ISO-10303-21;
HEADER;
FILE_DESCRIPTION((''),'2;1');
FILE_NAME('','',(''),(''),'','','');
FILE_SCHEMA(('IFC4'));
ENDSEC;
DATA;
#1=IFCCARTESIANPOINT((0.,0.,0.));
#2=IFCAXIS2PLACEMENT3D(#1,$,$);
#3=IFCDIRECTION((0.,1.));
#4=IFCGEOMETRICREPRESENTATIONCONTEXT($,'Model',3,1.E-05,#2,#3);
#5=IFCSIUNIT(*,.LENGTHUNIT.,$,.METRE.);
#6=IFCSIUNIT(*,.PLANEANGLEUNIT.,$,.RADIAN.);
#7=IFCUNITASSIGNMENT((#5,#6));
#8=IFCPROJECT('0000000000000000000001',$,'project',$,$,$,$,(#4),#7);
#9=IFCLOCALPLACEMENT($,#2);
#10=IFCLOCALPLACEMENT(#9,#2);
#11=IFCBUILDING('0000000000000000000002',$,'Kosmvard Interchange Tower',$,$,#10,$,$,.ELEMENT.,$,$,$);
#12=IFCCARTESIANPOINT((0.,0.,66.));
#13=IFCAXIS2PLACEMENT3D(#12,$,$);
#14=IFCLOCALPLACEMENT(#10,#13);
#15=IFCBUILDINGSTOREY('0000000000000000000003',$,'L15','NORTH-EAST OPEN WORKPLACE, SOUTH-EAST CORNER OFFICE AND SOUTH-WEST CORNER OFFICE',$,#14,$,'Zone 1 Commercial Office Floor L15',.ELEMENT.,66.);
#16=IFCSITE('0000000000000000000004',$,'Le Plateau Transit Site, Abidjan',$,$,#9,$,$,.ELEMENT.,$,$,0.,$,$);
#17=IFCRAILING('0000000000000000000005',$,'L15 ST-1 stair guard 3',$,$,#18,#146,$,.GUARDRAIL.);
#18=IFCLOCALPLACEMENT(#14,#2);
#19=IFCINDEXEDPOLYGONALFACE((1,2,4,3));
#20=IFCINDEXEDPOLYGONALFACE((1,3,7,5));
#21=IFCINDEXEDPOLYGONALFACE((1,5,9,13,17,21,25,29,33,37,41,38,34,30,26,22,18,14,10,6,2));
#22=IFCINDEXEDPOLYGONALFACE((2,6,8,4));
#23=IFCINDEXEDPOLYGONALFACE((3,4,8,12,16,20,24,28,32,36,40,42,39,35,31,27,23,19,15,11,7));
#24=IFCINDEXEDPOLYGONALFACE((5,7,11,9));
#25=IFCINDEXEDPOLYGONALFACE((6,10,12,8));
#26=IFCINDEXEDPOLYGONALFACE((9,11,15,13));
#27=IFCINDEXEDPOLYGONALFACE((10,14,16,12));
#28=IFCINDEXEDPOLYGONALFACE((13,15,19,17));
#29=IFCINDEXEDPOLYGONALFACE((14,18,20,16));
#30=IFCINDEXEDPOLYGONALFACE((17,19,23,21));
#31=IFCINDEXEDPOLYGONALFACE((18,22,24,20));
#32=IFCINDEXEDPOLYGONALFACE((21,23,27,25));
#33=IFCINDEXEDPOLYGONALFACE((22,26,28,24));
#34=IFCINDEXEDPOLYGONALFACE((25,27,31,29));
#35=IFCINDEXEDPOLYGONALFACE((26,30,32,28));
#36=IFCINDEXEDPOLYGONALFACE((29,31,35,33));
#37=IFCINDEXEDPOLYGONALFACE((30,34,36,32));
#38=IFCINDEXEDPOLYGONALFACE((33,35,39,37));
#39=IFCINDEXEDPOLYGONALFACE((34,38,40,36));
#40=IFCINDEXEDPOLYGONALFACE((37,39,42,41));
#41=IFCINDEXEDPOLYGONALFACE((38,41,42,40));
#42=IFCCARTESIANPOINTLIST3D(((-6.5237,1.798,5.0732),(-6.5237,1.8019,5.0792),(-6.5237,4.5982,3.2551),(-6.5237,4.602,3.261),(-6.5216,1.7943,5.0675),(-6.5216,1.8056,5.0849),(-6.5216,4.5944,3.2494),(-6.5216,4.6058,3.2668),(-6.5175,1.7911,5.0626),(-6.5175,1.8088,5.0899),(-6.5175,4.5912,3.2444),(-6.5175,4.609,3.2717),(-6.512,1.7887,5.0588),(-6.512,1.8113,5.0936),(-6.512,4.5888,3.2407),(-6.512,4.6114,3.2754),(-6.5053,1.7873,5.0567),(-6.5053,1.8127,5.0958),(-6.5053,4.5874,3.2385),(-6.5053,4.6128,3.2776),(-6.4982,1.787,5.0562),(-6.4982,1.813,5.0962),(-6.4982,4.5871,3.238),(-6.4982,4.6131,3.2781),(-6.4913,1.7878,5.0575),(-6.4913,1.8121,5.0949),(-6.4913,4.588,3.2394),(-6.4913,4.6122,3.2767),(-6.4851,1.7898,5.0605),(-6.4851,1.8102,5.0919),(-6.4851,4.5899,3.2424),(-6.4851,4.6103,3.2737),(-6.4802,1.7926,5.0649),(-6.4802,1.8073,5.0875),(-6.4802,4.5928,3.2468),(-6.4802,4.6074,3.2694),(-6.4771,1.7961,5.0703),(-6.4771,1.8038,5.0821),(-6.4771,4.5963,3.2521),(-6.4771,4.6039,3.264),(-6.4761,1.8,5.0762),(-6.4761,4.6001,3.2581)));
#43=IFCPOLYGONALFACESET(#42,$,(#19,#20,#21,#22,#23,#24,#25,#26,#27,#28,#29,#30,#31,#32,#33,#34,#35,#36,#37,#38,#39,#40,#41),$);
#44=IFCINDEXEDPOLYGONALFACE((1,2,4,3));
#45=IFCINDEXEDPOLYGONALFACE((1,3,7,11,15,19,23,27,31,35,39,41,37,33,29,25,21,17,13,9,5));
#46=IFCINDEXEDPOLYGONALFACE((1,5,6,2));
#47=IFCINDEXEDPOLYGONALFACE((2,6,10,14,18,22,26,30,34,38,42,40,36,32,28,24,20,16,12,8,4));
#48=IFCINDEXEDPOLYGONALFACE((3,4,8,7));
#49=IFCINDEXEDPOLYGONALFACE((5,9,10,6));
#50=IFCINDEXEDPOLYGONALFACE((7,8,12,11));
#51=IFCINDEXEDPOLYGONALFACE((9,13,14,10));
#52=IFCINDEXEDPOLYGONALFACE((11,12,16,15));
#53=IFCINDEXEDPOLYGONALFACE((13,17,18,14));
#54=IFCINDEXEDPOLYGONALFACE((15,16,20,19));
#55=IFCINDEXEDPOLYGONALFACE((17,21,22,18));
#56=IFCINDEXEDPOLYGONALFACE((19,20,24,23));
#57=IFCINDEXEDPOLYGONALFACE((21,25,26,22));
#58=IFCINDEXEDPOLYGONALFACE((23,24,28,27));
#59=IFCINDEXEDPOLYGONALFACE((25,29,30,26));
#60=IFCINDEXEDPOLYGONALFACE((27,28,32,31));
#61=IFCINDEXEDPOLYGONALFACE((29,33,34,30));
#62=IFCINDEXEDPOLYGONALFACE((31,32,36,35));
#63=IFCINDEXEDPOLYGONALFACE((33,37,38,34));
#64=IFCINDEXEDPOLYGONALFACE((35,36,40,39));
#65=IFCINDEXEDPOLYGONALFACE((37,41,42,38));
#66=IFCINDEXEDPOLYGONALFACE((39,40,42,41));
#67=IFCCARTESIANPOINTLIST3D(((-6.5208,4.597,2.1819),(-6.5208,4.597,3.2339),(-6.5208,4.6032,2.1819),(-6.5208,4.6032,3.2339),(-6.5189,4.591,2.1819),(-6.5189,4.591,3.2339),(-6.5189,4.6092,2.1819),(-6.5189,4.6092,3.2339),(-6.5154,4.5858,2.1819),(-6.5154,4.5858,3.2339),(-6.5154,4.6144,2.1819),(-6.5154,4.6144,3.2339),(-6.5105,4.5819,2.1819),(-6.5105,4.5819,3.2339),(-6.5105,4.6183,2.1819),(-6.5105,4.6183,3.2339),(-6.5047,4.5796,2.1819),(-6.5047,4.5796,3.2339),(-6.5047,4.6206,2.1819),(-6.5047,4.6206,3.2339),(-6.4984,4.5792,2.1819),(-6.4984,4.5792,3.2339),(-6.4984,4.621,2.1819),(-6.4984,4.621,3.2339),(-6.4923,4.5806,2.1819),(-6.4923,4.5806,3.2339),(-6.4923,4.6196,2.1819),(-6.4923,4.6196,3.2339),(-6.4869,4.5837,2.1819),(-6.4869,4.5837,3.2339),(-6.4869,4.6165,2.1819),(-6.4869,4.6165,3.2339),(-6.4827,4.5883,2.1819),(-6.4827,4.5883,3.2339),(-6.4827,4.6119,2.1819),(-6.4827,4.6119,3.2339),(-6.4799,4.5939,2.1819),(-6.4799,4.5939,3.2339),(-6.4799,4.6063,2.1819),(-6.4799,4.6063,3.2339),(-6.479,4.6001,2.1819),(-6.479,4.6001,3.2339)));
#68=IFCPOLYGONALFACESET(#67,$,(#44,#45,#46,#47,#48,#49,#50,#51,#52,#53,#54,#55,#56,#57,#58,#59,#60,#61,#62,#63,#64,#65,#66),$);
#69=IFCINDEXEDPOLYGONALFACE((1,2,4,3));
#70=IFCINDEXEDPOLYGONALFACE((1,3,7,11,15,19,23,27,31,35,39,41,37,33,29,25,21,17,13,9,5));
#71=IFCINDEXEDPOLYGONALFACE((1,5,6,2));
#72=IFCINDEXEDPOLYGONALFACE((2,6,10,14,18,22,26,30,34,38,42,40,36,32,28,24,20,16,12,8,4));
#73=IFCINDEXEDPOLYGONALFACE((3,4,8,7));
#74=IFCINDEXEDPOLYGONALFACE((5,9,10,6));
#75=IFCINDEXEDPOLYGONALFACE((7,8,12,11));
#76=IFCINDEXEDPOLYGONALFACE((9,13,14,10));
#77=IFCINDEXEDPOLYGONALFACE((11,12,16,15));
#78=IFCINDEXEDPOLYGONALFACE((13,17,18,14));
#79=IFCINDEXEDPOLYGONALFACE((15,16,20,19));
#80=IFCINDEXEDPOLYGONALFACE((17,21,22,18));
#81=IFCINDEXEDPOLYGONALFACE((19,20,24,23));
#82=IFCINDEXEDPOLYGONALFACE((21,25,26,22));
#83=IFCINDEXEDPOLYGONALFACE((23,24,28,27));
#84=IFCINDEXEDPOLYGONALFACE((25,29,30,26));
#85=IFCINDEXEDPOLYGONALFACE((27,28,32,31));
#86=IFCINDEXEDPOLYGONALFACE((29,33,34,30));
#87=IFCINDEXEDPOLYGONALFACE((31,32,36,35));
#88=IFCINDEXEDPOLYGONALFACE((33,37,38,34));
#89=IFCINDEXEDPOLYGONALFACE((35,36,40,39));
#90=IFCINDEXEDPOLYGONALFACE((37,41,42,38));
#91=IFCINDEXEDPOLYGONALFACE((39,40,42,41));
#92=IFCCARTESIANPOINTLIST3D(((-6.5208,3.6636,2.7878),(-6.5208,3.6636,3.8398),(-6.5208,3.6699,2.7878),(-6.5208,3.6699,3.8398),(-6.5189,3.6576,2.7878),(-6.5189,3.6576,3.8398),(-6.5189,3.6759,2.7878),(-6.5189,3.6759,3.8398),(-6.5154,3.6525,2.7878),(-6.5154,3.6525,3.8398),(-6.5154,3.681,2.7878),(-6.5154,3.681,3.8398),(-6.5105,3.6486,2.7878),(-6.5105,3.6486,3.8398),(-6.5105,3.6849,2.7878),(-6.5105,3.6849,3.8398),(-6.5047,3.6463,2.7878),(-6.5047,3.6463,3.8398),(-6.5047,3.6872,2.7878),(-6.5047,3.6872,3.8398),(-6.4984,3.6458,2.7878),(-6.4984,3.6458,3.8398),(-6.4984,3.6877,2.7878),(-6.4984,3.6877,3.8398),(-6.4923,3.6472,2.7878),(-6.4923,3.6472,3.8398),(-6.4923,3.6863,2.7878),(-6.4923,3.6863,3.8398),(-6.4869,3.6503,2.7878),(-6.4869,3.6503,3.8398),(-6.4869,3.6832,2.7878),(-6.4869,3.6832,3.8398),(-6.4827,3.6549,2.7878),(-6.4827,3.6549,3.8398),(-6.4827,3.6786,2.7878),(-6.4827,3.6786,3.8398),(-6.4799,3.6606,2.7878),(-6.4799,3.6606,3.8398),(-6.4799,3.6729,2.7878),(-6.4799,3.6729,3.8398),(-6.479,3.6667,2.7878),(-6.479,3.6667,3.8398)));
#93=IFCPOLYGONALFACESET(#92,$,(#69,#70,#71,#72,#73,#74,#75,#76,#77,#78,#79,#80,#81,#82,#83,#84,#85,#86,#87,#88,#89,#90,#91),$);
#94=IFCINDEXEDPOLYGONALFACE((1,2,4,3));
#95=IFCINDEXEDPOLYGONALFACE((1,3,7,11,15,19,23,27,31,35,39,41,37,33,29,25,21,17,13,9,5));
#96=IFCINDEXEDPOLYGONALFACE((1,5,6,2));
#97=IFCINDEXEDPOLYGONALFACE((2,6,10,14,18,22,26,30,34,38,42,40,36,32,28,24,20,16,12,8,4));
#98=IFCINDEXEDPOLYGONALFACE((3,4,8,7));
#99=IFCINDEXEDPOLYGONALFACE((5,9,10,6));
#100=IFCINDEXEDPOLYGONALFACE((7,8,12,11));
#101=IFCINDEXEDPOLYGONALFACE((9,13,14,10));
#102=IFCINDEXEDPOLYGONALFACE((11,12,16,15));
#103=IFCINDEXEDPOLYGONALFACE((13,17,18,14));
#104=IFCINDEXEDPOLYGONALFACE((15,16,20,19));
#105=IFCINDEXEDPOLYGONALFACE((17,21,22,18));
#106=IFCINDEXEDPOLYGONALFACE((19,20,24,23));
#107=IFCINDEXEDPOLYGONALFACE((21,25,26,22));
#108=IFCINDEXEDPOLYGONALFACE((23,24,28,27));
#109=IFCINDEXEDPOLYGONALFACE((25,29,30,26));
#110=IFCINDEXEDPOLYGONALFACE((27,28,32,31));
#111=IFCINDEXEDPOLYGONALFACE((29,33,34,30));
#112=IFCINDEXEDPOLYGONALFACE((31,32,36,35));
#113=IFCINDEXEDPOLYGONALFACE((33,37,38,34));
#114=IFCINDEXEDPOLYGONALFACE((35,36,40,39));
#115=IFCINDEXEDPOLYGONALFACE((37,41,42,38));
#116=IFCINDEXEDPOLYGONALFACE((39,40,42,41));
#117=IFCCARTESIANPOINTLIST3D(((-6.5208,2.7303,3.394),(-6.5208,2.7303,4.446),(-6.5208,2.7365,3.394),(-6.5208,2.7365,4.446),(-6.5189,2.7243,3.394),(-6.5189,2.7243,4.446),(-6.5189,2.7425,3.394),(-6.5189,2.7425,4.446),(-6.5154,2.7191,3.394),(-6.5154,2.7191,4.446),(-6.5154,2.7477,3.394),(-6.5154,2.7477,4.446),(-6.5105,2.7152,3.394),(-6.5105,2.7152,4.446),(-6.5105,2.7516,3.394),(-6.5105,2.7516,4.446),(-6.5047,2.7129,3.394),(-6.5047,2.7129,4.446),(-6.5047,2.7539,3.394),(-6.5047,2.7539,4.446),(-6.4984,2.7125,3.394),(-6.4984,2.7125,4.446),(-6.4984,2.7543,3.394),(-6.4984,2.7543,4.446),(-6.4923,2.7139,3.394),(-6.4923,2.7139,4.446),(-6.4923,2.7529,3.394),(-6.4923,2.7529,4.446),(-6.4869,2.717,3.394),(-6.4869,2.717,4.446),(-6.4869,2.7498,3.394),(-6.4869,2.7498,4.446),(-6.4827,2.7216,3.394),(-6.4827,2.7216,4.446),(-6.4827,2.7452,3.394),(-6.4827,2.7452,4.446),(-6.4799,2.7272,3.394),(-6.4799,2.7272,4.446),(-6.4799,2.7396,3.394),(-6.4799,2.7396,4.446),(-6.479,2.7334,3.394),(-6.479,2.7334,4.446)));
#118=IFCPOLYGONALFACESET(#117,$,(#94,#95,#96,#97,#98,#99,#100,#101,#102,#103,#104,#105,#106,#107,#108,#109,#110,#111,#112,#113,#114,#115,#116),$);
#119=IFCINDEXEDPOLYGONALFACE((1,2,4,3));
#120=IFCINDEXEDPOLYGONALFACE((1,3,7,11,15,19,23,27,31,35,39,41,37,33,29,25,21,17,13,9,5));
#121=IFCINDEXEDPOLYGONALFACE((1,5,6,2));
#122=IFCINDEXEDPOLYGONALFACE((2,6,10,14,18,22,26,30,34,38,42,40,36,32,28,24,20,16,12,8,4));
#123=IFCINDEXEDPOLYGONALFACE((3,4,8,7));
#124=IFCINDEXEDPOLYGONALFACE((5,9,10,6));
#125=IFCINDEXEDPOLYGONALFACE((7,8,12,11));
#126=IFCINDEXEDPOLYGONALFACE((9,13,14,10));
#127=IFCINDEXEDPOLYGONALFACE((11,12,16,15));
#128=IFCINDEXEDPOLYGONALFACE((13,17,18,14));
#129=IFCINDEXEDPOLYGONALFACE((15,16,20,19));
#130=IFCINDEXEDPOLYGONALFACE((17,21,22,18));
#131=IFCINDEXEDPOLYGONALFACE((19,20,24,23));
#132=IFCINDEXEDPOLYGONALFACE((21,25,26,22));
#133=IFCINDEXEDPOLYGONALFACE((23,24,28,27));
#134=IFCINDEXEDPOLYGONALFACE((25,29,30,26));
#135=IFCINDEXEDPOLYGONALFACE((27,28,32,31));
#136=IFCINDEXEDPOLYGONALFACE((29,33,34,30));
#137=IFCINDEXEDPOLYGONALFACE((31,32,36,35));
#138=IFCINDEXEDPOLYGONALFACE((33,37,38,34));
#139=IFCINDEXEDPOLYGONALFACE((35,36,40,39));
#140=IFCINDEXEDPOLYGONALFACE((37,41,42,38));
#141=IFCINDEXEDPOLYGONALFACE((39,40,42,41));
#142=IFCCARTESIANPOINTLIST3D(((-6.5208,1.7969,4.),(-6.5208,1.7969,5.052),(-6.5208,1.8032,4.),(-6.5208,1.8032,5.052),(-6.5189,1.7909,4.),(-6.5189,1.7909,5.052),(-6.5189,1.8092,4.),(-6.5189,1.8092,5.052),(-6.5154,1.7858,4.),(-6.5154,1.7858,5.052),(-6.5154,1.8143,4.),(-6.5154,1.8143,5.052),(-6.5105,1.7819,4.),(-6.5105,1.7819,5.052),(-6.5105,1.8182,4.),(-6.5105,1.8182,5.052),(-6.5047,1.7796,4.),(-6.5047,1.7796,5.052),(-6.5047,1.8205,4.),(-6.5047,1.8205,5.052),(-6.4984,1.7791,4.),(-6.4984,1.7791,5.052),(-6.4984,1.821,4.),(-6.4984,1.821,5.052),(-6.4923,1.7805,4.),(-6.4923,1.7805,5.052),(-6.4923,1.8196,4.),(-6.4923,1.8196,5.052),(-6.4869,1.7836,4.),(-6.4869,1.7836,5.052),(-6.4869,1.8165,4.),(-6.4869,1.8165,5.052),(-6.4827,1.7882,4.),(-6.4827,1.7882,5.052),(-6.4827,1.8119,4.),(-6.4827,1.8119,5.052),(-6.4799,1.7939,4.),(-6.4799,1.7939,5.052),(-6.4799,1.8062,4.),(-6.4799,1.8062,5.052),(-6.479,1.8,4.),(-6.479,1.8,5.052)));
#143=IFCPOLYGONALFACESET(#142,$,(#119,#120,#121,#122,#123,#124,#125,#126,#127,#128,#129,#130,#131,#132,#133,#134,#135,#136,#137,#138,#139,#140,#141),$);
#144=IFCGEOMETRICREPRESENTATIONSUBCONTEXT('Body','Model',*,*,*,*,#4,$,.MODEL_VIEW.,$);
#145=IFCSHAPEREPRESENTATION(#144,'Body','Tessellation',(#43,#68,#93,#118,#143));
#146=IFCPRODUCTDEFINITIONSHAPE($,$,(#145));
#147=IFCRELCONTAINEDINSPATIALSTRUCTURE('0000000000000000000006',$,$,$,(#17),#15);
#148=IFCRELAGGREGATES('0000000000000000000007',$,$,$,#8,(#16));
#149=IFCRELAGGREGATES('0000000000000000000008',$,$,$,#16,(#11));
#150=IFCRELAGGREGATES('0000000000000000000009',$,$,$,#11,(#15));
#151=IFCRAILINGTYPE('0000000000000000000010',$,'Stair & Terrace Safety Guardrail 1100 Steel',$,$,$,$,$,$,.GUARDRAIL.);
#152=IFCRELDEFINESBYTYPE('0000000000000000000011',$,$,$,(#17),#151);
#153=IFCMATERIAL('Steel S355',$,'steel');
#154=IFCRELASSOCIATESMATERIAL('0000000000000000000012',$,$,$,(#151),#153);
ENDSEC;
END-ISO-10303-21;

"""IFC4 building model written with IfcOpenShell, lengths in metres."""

from ifc_helpers import new_model, si_unit, direction, frame, origin, origin_2d, place, context, subcontext, project, spatial, circle, extrude, source, transform, mapped, material, type_object, element, save


model = new_model("IFC4")

# Units and contexts
model_context = context("Model", 3, precision=1e-05, world=origin(), true_north=direction((0.0, 1.0)))
body_context = subcontext(model_context, "Body", "Model", "MODEL_VIEW")
ifc_project = project(units=[si_unit("LENGTHUNIT", "METRE"), si_unit("PLANEANGLEUNIT", "RADIAN")], contexts=[model_context])

# Site, building, storey
site_placement = place(None, origin())
site = spatial("IfcSite", under=ifc_project, at=site_placement, Name="Le Plateau Transit Site, Abidjan", CompositionType="ELEMENT", RefElevation=0.0)
building_placement = place(site_placement, origin())
building = spatial("IfcBuilding", under=site, at=building_placement, Name="Kosmvard Interchange Tower", CompositionType="ELEMENT")
storey_placement = place(building_placement, frame((0.0, 0.0, 66.0)))
storey = spatial("IfcBuildingStorey", under=building, at=storey_placement, Name="L15", Description="NORTH-EAST OPEN WORKPLACE, SOUTH-EAST CORNER OFFICE AND SOUTH-WEST CORNER OFFICE", LongName="Zone 1 Commercial Office Floor L15", CompositionType="ELEMENT", Elevation=66.0)

# Shared definitions
ifc_material_1 = material(Name="Steel S355", Category="steel")

# Railing
railing_type_1 = type_object("IfcRailingType", Name="Stair & Terrace Safety Guardrail 1100 Steel", PredefinedType="GUARDRAIL", material=ifc_material_1)
shared_shape_1 = source(origin(), body_context, "Body", "SweptSolid", [
    extrude(circle(Radius=0.0239, at=origin_2d()), frame((0.0, 0.0, 1.0762), z_axis=(0.0, -0.838706, 0.544585), x_axis=(1.0, 0.0, 0.0)), (0.0, 0.0, 1.0), 3.3386),
    extrude(circle(Radius=0.021, at=origin_2d()), origin(), (0.0, 0.0, 1.0), 1.052),
    extrude(circle(Radius=0.021, at=origin_2d()), frame((0.0, -0.9333, 0.606)), (0.0, 0.0, 1.0), 1.052),
    extrude(circle(Radius=0.021, at=origin_2d()), frame((0.0, -1.8667, 1.2122)), (0.0, 0.0, 1.0), 1.052),
    extrude(circle(Radius=0.021, at=origin_2d()), frame((0.0, -2.8, 1.8181)), (0.0, 0.0, 1.0), 1.052),
])
railing_1_placement = place(storey_placement, frame((-6.5, 4.6001, 2.1819)))
element("IfcRailing", 1, at=railing_1_placement, inside=storey, type_object=railing_type_1, Name="L15 ST-1 stair guard 3", PredefinedType="GUARDRAIL", context=body_context, shape_type="MappedRepresentation", body=[
    mapped(shared_shape_1, transform((0.0, 0.0, 0.0), scale=1.0)),
])

save(model, "model.ifc")
